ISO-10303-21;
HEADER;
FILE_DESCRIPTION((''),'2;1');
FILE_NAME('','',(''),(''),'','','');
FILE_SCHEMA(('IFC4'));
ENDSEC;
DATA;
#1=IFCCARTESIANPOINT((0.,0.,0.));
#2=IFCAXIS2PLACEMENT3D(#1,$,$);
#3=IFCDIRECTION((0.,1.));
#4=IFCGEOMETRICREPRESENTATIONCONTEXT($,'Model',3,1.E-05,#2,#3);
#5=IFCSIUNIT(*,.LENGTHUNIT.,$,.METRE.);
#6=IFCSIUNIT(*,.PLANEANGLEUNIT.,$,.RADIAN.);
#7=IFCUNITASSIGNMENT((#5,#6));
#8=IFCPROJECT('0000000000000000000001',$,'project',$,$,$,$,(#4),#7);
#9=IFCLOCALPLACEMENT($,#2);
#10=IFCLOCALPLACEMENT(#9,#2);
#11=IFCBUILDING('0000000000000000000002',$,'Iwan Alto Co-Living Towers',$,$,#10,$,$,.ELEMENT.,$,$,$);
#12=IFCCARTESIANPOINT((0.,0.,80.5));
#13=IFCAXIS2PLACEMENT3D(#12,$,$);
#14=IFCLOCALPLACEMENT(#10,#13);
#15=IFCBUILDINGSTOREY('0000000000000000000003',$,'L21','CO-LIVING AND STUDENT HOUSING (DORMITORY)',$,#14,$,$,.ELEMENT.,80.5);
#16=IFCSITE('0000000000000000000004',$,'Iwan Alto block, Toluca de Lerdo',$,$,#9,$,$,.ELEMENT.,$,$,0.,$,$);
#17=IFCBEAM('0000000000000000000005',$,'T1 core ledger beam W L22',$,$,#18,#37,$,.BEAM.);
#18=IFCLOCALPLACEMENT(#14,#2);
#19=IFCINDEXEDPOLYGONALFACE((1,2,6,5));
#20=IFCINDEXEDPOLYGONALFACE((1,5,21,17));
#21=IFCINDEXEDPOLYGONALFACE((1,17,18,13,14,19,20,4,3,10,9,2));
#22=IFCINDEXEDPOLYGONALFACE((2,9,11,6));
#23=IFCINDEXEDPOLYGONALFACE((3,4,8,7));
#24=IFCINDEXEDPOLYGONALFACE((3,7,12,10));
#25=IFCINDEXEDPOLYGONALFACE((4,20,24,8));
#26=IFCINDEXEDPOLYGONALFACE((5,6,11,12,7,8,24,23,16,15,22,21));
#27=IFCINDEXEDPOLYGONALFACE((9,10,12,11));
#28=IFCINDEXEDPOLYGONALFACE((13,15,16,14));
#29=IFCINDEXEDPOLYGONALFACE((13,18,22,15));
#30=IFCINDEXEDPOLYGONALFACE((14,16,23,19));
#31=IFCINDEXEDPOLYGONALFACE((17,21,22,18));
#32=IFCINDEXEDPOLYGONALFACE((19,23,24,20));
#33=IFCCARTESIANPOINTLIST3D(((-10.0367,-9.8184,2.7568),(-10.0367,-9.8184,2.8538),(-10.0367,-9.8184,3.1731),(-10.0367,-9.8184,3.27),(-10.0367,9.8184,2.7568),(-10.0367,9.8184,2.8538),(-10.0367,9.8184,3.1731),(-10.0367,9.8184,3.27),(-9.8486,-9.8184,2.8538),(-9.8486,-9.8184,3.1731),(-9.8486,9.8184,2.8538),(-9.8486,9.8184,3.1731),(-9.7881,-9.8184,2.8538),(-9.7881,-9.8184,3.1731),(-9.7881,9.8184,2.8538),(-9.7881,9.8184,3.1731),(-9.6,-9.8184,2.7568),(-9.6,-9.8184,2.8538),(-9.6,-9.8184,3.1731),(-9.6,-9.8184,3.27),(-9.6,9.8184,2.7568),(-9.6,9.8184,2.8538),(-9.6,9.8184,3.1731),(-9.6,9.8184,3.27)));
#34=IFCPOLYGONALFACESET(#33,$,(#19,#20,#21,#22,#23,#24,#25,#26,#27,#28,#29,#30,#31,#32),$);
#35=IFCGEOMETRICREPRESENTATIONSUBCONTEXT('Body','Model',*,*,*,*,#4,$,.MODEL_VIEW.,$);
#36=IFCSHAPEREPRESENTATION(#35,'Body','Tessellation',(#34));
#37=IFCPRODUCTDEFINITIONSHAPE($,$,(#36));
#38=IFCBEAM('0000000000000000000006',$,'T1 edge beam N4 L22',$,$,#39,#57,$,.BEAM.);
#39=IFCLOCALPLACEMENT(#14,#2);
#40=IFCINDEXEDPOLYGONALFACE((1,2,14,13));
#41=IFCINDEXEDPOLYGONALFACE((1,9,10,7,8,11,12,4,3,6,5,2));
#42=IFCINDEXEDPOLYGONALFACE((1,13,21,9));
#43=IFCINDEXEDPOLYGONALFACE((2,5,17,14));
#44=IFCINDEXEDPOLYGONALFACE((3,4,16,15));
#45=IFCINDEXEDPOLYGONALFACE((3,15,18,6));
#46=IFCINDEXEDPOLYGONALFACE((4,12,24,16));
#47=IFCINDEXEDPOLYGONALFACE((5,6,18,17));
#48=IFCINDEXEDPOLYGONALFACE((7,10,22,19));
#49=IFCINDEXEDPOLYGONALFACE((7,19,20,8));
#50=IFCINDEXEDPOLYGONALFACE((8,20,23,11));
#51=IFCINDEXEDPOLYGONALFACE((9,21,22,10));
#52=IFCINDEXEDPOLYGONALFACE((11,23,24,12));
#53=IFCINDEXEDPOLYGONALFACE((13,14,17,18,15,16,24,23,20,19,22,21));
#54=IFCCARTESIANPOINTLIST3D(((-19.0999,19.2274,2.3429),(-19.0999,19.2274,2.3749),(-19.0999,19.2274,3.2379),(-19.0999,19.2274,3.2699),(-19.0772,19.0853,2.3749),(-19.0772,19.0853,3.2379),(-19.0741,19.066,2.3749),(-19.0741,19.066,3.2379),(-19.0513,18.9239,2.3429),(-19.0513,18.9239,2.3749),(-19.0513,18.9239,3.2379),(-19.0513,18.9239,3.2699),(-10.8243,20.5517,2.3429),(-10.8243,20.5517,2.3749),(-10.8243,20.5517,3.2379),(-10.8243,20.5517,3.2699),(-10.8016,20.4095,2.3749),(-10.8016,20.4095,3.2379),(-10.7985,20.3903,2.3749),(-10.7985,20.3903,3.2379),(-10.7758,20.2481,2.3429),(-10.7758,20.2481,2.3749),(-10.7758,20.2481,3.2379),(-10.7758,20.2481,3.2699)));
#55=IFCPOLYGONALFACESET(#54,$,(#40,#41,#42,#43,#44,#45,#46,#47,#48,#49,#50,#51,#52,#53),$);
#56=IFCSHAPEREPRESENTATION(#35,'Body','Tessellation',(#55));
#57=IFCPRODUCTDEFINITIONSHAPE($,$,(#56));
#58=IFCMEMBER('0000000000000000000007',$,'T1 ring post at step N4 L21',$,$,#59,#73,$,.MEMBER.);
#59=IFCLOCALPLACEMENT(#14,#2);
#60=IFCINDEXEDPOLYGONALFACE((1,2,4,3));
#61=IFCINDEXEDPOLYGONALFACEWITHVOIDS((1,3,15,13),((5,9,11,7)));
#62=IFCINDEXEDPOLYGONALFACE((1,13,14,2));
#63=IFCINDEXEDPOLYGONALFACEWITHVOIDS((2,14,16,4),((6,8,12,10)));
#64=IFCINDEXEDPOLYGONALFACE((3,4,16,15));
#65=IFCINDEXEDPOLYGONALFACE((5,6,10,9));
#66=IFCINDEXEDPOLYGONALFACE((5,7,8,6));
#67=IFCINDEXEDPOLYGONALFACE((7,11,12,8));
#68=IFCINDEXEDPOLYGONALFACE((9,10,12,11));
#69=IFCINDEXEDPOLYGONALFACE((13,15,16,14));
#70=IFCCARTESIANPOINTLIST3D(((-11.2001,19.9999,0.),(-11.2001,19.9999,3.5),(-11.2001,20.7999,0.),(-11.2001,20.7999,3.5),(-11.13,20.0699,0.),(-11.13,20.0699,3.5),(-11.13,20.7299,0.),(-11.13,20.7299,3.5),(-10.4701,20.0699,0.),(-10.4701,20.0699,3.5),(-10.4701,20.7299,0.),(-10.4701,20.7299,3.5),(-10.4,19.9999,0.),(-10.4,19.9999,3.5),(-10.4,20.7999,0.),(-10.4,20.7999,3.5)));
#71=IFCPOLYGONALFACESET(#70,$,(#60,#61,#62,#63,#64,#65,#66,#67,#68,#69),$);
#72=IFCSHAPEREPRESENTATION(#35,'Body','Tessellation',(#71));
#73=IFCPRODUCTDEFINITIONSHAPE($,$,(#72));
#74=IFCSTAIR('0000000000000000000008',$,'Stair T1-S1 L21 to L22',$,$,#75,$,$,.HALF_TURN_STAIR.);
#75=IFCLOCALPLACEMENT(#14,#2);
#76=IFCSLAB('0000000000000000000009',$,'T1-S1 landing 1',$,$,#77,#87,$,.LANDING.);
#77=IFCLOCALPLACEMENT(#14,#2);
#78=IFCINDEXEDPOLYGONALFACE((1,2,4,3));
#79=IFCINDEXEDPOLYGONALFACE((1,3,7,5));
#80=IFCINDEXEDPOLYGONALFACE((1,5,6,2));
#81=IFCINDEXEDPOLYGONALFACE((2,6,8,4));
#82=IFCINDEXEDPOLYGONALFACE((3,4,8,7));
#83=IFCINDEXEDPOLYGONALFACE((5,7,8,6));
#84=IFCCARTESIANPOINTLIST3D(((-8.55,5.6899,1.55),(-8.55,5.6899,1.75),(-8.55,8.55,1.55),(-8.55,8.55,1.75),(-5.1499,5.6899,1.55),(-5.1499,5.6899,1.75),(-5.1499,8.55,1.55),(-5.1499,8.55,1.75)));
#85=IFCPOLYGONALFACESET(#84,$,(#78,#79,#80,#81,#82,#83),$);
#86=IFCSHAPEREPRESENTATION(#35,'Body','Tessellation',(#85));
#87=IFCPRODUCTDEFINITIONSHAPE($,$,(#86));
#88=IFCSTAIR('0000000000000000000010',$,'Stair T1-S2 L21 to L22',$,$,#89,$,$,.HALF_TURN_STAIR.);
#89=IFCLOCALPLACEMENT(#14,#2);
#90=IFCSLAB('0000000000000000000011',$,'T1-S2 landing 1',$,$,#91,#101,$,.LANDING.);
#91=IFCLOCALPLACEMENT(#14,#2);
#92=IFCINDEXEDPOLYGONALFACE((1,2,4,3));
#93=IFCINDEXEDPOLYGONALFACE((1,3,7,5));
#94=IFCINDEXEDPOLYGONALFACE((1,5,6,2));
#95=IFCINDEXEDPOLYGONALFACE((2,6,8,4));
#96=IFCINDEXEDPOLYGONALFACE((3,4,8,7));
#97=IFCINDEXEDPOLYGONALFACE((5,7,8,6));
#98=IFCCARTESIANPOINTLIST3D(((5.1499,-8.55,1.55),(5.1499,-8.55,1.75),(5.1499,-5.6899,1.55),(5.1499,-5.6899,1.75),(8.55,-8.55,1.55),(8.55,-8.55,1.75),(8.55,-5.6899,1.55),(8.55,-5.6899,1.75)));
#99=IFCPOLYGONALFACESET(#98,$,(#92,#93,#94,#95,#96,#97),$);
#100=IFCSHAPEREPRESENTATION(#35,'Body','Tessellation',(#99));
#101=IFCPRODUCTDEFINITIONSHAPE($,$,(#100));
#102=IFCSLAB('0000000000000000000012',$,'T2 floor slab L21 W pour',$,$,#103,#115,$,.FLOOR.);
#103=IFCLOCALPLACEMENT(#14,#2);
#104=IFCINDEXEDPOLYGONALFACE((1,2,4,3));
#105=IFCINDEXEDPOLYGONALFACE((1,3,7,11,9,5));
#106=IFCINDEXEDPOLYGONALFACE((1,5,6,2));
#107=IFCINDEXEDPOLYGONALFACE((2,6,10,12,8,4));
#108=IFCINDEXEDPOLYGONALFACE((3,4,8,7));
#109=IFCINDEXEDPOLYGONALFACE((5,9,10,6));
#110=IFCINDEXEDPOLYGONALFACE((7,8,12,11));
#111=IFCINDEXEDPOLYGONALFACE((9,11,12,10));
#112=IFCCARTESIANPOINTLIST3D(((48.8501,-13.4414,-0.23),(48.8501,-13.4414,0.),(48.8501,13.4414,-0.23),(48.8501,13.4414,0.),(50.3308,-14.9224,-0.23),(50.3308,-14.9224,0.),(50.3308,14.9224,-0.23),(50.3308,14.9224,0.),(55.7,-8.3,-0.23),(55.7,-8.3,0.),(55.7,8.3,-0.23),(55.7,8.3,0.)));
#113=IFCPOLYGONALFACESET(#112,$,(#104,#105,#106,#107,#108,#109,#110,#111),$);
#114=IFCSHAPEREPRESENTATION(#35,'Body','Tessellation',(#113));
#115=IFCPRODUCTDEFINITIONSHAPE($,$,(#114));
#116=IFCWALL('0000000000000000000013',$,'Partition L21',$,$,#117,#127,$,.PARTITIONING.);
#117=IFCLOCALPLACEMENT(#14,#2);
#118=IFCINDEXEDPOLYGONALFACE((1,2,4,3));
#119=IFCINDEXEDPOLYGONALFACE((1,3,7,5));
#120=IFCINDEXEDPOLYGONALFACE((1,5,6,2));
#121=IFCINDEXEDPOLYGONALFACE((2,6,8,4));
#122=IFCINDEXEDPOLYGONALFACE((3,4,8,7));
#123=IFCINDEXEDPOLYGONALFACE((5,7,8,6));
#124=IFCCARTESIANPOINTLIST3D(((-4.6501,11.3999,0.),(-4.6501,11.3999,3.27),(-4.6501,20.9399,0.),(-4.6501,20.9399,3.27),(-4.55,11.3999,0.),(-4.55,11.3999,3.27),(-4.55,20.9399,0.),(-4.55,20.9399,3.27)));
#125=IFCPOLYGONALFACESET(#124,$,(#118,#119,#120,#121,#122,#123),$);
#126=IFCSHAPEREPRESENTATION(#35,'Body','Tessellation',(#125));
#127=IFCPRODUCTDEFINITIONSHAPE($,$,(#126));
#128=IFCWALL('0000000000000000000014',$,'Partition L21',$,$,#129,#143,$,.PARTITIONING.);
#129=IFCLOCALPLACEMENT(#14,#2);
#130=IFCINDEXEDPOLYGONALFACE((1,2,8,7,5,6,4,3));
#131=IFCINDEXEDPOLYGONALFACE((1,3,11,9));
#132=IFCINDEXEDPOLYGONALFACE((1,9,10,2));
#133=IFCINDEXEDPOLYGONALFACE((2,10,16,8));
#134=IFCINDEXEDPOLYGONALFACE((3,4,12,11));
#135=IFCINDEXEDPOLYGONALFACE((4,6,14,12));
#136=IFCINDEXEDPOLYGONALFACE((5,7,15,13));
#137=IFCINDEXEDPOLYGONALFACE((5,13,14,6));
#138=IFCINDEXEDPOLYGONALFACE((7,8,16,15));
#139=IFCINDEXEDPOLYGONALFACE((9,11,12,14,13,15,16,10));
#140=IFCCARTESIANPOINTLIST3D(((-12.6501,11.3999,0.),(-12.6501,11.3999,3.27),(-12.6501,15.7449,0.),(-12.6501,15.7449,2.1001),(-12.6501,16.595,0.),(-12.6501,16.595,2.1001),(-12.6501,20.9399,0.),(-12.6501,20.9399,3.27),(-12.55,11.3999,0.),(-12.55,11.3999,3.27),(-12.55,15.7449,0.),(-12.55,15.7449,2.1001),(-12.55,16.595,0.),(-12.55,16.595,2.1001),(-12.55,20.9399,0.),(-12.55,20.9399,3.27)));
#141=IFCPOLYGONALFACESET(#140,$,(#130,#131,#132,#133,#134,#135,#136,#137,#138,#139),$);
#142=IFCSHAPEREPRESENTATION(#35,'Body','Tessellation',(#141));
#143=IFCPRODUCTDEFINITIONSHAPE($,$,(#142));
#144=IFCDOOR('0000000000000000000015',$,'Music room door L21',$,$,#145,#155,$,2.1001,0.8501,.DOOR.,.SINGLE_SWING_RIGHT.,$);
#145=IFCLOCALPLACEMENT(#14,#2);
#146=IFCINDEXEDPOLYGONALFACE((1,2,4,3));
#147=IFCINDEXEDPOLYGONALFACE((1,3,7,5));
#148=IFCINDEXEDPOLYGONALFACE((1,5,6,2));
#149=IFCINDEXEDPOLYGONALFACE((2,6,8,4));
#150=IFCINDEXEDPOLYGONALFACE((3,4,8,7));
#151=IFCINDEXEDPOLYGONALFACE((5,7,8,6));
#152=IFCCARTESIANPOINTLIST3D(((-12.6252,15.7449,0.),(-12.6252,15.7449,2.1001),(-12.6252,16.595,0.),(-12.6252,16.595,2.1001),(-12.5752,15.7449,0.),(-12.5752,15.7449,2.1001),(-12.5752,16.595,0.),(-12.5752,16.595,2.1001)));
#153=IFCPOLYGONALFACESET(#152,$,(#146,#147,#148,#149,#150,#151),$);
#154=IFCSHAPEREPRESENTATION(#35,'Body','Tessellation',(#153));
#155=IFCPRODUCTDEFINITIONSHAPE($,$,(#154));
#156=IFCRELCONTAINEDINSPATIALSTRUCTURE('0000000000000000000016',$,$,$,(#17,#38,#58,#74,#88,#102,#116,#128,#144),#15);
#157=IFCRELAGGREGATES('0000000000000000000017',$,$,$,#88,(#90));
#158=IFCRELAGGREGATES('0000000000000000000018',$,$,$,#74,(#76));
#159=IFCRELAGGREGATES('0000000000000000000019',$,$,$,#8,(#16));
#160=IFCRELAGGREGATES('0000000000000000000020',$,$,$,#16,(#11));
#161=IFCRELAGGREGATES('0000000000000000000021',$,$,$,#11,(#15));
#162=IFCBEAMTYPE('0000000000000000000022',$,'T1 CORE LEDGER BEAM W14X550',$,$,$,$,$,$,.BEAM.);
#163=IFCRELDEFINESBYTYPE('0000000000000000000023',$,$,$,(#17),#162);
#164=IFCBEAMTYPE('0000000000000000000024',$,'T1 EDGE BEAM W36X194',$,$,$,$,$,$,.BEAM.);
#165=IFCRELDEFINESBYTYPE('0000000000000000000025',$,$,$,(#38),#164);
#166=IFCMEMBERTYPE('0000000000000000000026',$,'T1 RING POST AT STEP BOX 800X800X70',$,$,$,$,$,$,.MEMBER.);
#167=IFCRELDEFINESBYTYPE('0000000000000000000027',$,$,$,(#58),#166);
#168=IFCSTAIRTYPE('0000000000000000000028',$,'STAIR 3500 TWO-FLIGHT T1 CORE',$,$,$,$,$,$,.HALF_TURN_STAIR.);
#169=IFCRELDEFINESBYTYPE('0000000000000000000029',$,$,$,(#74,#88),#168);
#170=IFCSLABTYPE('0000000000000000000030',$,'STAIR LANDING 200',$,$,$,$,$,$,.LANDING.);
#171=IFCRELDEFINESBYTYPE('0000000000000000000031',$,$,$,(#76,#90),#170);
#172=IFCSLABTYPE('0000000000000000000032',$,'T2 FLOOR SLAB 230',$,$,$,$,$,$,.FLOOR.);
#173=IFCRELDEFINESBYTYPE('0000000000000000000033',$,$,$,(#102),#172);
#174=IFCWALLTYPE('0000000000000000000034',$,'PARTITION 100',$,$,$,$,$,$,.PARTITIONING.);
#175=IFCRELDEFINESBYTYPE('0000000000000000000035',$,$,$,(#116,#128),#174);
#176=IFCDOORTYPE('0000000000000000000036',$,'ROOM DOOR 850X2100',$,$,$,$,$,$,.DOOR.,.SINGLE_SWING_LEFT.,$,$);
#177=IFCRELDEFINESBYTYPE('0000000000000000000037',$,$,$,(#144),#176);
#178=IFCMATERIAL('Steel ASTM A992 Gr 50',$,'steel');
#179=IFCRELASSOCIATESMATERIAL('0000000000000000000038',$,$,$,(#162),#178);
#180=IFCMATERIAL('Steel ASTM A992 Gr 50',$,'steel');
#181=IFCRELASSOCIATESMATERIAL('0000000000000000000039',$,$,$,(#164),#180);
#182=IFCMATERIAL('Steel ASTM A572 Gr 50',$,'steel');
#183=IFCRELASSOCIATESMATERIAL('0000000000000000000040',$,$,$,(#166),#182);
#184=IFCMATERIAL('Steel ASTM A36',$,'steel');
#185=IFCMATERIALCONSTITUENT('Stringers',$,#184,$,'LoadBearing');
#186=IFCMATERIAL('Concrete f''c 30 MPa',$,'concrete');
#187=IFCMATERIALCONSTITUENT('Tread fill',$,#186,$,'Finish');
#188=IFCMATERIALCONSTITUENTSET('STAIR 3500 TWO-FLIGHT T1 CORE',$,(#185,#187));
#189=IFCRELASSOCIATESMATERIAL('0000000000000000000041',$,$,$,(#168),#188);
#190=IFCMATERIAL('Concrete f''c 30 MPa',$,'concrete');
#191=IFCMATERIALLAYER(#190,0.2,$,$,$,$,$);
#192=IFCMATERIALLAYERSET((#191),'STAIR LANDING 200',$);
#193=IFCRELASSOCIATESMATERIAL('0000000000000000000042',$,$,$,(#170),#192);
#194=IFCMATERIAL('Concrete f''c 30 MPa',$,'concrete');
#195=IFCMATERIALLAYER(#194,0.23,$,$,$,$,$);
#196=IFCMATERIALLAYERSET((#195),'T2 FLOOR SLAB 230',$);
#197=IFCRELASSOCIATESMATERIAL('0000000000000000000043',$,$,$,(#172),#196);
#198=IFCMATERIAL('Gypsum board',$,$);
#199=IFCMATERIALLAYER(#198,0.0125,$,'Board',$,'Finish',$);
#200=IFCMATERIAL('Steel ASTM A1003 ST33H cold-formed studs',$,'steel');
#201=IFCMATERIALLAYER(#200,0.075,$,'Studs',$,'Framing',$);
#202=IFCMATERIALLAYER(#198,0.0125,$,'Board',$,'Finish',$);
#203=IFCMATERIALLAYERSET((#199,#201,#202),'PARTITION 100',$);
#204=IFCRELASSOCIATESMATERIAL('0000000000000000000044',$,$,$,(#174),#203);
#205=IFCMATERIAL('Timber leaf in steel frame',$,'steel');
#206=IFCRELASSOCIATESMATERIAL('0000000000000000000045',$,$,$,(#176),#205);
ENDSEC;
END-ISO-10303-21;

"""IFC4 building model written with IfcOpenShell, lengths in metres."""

from ifc_helpers import new_model, si_unit, direction, frame, frame_2d, origin, origin_2d, place, context, subcontext, project, spatial, polyline, rectangle, hollow_rectangle, i_section, outline, extrude, material, layer, layer_set, constituent, constituent_set, material_profile, profile_set, type_object, element, fill, aggregate, save


model = new_model("IFC4")

# Units and contexts
model_context = context("Model", 3, precision=1e-05, world=origin(), true_north=direction((0.0, 1.0)))
body_context = subcontext(model_context, "Body", "Model", "MODEL_VIEW")
ifc_project = project(units=[si_unit("LENGTHUNIT", "METRE"), si_unit("PLANEANGLEUNIT", "RADIAN")], contexts=[model_context])

# Site, building, storey
site_placement = place(None, origin())
site = spatial("IfcSite", under=ifc_project, at=site_placement, Name="Iwan Alto block, Toluca de Lerdo", CompositionType="ELEMENT", RefElevation=0.0)
building_placement = place(site_placement, origin())
building = spatial("IfcBuilding", under=site, at=building_placement, Name="Iwan Alto Co-Living Towers", CompositionType="ELEMENT")
storey_placement = place(building_placement, frame((0.0, 0.0, 80.5)))
storey = spatial("IfcBuildingStorey", under=building, at=storey_placement, Name="L21", Description="CO-LIVING AND STUDENT HOUSING (DORMITORY)", CompositionType="ELEMENT", Elevation=80.5)

# Beams
ifc_material_1 = material(Name="Steel ASTM A992 Gr 50", Category="steel")
ifc_material_profile_1 = material_profile(ifc_material_1, i_section(OverallWidth=0.4368, OverallDepth=0.5132, WebThickness=0.0605, FlangeThickness=0.0969, at=origin_2d()), Name="W14X550")
ifc_profile_set_1 = profile_set([ifc_material_profile_1], Name="Steel ASTM A992 Gr 50")
beam_type_1 = type_object("IfcBeamType", Name="T1 CORE LEDGER BEAM W14X550", PredefinedType="BEAM", material=ifc_profile_set_1)
beam_1_placement = place(storey_placement, frame((-9.8184, 9.8184, 3.0134), z_axis=(0.0, -1.0, 0.0), x_axis=(1.0, 0.0, 0.0)))
element("IfcBeam", 1, at=beam_1_placement, inside=storey, type_object=beam_type_1, Name="T1 core ledger beam W L22", PredefinedType="BEAM", context=body_context, shape_type="SweptSolid", body=[
    extrude(i_section(OverallWidth=0.4368, OverallDepth=0.5132, WebThickness=0.0605, FlangeThickness=0.0969, at=origin_2d()), origin(), (0.0, 0.0, 1.0), 19.6367),
])
ifc_material_2 = material(Name="Steel ASTM A992 Gr 50", Category="steel")
ifc_material_profile_2 = material_profile(ifc_material_2, i_section(OverallWidth=0.3074, OverallDepth=0.927, WebThickness=0.0195, FlangeThickness=0.032, at=origin_2d()), Name="W36X194")
ifc_profile_set_2 = profile_set([ifc_material_profile_2], Name="Steel ASTM A992 Gr 50")
beam_type_2 = type_object("IfcBeamType", Name="T1 EDGE BEAM W36X194", PredefinedType="BEAM", material=ifc_profile_set_2)
beam_2_placement = place(storey_placement, frame((-10.8, 20.3999, 2.8064), z_axis=(-0.987438, -0.158004, 0.0), x_axis=(0.158004, -0.987438, 0.0)))
element("IfcBeam", 2, at=beam_2_placement, inside=storey, type_object=beam_type_2, Name="T1 edge beam N4 L22", PredefinedType="BEAM", context=body_context, shape_type="SweptSolid", body=[
    extrude(i_section(OverallWidth=0.3074, OverallDepth=0.927, WebThickness=0.0195, FlangeThickness=0.032, at=origin_2d()), origin(), (0.0, 0.0, 1.0), 8.3809),
])

# Member
ifc_material_3 = material(Name="Steel ASTM A572 Gr 50", Category="steel")
ifc_material_profile_3 = material_profile(ifc_material_3, hollow_rectangle(XDim=0.8, YDim=0.8, WallThickness=0.0701, at=origin_2d()), Name="BOX 800X800X70")
ifc_profile_set_3 = profile_set([ifc_material_profile_3], Name="Steel ASTM A572 Gr 50")
member_type = type_object("IfcMemberType", Name="T1 RING POST AT STEP BOX 800X800X70", PredefinedType="MEMBER", material=ifc_profile_set_3)
member_placement = place(storey_placement, frame((-10.8, 20.3999, 0.0), z_axis=(0.0, 0.0, 1.0), x_axis=(1.0, 0.0, 0.0)))
element("IfcMember", 3, at=member_placement, inside=storey, type_object=member_type, Name="T1 ring post at step N4 L21", PredefinedType="MEMBER", context=body_context, shape_type="SweptSolid", body=[
    extrude(hollow_rectangle(XDim=0.8, YDim=0.8, WallThickness=0.0701, at=origin_2d()), origin(), (0.0, 0.0, 1.0), 3.5),
])

# Stairs, slabs
ifc_material_4 = material(Name="Steel ASTM A36", Category="steel")
ifc_constituent_1 = constituent(ifc_material_4, Name="Stringers", Category="LoadBearing")
ifc_material_5 = material(Name="Concrete f'c 30 MPa", Category="concrete")
ifc_constituent_2 = constituent(ifc_material_5, Name="Tread fill", Category="Finish")
ifc_constituent_set_1 = constituent_set(constituents=[ifc_constituent_1, ifc_constituent_2], Name="STAIR 3500 TWO-FLIGHT T1 CORE")
stair_type = type_object("IfcStairType", Name="STAIR 3500 TWO-FLIGHT T1 CORE", PredefinedType="HALF_TURN_STAIR", material=ifc_constituent_set_1)
stair_1_placement = place(storey_placement, origin())
stair_1 = element("IfcStair", 4, at=stair_1_placement, inside=storey, type_object=stair_type, Name="Stair T1-S1 L21 to L22", PredefinedType="HALF_TURN_STAIR")
ifc_material_6 = material(Name="Concrete f'c 30 MPa", Category="concrete")
ifc_layer_1 = layer(ifc_material_6, 0.2)
ifc_layer_set_1 = layer_set([ifc_layer_1], Name="STAIR LANDING 200")
slab_type_1 = type_object("IfcSlabType", Name="STAIR LANDING 200", PredefinedType="LANDING", material=ifc_layer_set_1)
slab_1_placement = place(storey_placement, frame((0.0, 0.0, 1.55)))
slab_1 = element("IfcSlab", 5, at=slab_1_placement, type_object=slab_type_1, Name="T1-S1 landing 1", PredefinedType="LANDING", context=body_context, shape_type="SweptSolid", body=[
    extrude(outline(polyline([(-8.55, 5.6899), (-8.55, 8.55), (-5.1499, 8.55), (-5.1499, 5.6899), (-8.55, 5.6899)])), origin(), (0.0, 0.0, 1.0), 0.2),
])
stair_2_placement = place(storey_placement, origin())
stair_2 = element("IfcStair", 6, at=stair_2_placement, inside=storey, type_object=stair_type, Name="Stair T1-S2 L21 to L22", PredefinedType="HALF_TURN_STAIR")
slab_2_placement = place(storey_placement, frame((0.0, 0.0, 1.55)))
slab_2 = element("IfcSlab", 7, at=slab_2_placement, type_object=slab_type_1, Name="T1-S2 landing 1", PredefinedType="LANDING", context=body_context, shape_type="SweptSolid", body=[
    extrude(outline(polyline([(5.1499, -5.6899), (5.1499, -8.55), (8.55, -8.55), (8.55, -5.6899), (5.1499, -5.6899)])), origin(), (0.0, 0.0, 1.0), 0.2),
])
aggregate(stair_2, [slab_2])

# Slab
ifc_material_7 = material(Name="Concrete f'c 30 MPa", Category="concrete")
ifc_layer_2 = layer(ifc_material_7, 0.23)
ifc_layer_set_2 = layer_set([ifc_layer_2], Name="T2 FLOOR SLAB 230")
slab_type_2 = type_object("IfcSlabType", Name="T2 FLOOR SLAB 230", PredefinedType="FLOOR", material=ifc_layer_set_2)
slab_3_placement = place(storey_placement, frame((0.0, 0.0, -0.23)))
element("IfcSlab", 8, at=slab_3_placement, inside=storey, type_object=slab_type_2, Name="T2 floor slab L21 W pour", PredefinedType="FLOOR", context=body_context, shape_type="SweptSolid", body=[
    extrude(outline(polyline([(48.8501, 13.4414), (50.3308, 14.9224), (55.7, 8.3), (55.7, -8.3), (50.3308, -14.9224), (48.8501, -13.4414), (48.8501, 13.4414)])), origin(), (0.0, 0.0, 1.0), 0.23),
])

# Wall
ifc_material_8 = material(Name="Gypsum board")
ifc_layer_3 = layer(ifc_material_8, 0.0125, Name="Board", Category="Finish")
ifc_material_9 = material(Name="Steel ASTM A1003 ST33H cold-formed studs", Category="steel")
ifc_layer_4 = layer(ifc_material_9, 0.075, Name="Studs", Category="Framing")
ifc_layer_5 = layer(ifc_material_8, 0.0125, Name="Board", Category="Finish")
ifc_layer_set_3 = layer_set([ifc_layer_3, ifc_layer_4, ifc_layer_5], Name="PARTITION 100")
wall_type_1 = type_object("IfcWallType", Name="PARTITION 100", PredefinedType="PARTITIONING", material=ifc_layer_set_3)
wall_1_placement = place(storey_placement, frame((-4.6001, 11.3999, 0.0), z_axis=(0.0, 0.0, 1.0), x_axis=(0.0, 1.0, 0.0)))
element("IfcWall", 9, at=wall_1_placement, inside=storey, type_object=wall_type_1, Name="Partition L21", PredefinedType="PARTITIONING", context=body_context, shape_type="SweptSolid", body=[
    extrude(rectangle(XDim=9.54, YDim=0.1001, at=frame_2d((4.77, 0.0))), origin(), (0.0, 0.0, 1.0), 3.27),
])

# Wall, opening, door
wall_2_placement = place(storey_placement, frame((-12.6001, 11.3999, 0.0), z_axis=(0.0, 0.0, 1.0), x_axis=(0.0, 1.0, 0.0)))
wall_2 = element("IfcWall", 10, at=wall_2_placement, inside=storey, type_object=wall_type_1, Name="Partition L21", PredefinedType="PARTITIONING", context=body_context, shape_type="SweptSolid", body=[
    extrude(rectangle(XDim=9.54, YDim=0.1001, at=frame_2d((4.77, 0.0))), origin(), (0.0, 0.0, 1.0), 3.27),
])
opening_1_placement = place(wall_2_placement, frame((4.345, 0.0, 0.0)))
opening_1 = element("IfcOpeningElement", 11, at=opening_1_placement, cuts=wall_2, PredefinedType="OPENING", context=body_context, shape_type="SweptSolid", body=[
    extrude(rectangle(XDim=0.8501, YDim=2.1001, at=frame_2d((0.425, 1.05))), frame((0.0, 0.0601, 0.0), z_axis=(0.0, -1.0, 0.0), x_axis=(1.0, 0.0, 0.0)), (0.0, 0.0, 1.0), 0.1201),
])
ifc_material_10 = material(Name="Timber leaf in steel frame", Category="steel")
door_type_1 = type_object("IfcDoorType", Name="ROOM DOOR 850X2100", OperationType="SINGLE_SWING_LEFT", PredefinedType="DOOR", material=ifc_material_10)
door_1_placement = place(opening_1_placement, frame((0.8501, 0.0, 0.0), z_axis=(0.0, 0.0, 1.0), x_axis=(-1.0, 0.0, 0.0)))
door_1 = element("IfcDoor", 12, at=door_1_placement, inside=storey, type_object=door_type_1, Name="Music room door L21", OperationType="SINGLE_SWING_RIGHT", OverallHeight=2.1001, OverallWidth=0.8501, PredefinedType="DOOR", context=body_context, shape_type="SweptSolid", body=[
    extrude(rectangle(XDim=0.8501, YDim=2.1001, at=frame_2d((0.425, 1.05))), frame((0.0, 0.0249, 0.0), z_axis=(0.0, -1.0, 0.0), x_axis=(1.0, 0.0, 0.0)), (0.0, 0.0, 1.0), 0.05),
])
fill(opening_1, door_1)

aggregate(stair_1, [slab_1])

save(model, "model.ifc")
